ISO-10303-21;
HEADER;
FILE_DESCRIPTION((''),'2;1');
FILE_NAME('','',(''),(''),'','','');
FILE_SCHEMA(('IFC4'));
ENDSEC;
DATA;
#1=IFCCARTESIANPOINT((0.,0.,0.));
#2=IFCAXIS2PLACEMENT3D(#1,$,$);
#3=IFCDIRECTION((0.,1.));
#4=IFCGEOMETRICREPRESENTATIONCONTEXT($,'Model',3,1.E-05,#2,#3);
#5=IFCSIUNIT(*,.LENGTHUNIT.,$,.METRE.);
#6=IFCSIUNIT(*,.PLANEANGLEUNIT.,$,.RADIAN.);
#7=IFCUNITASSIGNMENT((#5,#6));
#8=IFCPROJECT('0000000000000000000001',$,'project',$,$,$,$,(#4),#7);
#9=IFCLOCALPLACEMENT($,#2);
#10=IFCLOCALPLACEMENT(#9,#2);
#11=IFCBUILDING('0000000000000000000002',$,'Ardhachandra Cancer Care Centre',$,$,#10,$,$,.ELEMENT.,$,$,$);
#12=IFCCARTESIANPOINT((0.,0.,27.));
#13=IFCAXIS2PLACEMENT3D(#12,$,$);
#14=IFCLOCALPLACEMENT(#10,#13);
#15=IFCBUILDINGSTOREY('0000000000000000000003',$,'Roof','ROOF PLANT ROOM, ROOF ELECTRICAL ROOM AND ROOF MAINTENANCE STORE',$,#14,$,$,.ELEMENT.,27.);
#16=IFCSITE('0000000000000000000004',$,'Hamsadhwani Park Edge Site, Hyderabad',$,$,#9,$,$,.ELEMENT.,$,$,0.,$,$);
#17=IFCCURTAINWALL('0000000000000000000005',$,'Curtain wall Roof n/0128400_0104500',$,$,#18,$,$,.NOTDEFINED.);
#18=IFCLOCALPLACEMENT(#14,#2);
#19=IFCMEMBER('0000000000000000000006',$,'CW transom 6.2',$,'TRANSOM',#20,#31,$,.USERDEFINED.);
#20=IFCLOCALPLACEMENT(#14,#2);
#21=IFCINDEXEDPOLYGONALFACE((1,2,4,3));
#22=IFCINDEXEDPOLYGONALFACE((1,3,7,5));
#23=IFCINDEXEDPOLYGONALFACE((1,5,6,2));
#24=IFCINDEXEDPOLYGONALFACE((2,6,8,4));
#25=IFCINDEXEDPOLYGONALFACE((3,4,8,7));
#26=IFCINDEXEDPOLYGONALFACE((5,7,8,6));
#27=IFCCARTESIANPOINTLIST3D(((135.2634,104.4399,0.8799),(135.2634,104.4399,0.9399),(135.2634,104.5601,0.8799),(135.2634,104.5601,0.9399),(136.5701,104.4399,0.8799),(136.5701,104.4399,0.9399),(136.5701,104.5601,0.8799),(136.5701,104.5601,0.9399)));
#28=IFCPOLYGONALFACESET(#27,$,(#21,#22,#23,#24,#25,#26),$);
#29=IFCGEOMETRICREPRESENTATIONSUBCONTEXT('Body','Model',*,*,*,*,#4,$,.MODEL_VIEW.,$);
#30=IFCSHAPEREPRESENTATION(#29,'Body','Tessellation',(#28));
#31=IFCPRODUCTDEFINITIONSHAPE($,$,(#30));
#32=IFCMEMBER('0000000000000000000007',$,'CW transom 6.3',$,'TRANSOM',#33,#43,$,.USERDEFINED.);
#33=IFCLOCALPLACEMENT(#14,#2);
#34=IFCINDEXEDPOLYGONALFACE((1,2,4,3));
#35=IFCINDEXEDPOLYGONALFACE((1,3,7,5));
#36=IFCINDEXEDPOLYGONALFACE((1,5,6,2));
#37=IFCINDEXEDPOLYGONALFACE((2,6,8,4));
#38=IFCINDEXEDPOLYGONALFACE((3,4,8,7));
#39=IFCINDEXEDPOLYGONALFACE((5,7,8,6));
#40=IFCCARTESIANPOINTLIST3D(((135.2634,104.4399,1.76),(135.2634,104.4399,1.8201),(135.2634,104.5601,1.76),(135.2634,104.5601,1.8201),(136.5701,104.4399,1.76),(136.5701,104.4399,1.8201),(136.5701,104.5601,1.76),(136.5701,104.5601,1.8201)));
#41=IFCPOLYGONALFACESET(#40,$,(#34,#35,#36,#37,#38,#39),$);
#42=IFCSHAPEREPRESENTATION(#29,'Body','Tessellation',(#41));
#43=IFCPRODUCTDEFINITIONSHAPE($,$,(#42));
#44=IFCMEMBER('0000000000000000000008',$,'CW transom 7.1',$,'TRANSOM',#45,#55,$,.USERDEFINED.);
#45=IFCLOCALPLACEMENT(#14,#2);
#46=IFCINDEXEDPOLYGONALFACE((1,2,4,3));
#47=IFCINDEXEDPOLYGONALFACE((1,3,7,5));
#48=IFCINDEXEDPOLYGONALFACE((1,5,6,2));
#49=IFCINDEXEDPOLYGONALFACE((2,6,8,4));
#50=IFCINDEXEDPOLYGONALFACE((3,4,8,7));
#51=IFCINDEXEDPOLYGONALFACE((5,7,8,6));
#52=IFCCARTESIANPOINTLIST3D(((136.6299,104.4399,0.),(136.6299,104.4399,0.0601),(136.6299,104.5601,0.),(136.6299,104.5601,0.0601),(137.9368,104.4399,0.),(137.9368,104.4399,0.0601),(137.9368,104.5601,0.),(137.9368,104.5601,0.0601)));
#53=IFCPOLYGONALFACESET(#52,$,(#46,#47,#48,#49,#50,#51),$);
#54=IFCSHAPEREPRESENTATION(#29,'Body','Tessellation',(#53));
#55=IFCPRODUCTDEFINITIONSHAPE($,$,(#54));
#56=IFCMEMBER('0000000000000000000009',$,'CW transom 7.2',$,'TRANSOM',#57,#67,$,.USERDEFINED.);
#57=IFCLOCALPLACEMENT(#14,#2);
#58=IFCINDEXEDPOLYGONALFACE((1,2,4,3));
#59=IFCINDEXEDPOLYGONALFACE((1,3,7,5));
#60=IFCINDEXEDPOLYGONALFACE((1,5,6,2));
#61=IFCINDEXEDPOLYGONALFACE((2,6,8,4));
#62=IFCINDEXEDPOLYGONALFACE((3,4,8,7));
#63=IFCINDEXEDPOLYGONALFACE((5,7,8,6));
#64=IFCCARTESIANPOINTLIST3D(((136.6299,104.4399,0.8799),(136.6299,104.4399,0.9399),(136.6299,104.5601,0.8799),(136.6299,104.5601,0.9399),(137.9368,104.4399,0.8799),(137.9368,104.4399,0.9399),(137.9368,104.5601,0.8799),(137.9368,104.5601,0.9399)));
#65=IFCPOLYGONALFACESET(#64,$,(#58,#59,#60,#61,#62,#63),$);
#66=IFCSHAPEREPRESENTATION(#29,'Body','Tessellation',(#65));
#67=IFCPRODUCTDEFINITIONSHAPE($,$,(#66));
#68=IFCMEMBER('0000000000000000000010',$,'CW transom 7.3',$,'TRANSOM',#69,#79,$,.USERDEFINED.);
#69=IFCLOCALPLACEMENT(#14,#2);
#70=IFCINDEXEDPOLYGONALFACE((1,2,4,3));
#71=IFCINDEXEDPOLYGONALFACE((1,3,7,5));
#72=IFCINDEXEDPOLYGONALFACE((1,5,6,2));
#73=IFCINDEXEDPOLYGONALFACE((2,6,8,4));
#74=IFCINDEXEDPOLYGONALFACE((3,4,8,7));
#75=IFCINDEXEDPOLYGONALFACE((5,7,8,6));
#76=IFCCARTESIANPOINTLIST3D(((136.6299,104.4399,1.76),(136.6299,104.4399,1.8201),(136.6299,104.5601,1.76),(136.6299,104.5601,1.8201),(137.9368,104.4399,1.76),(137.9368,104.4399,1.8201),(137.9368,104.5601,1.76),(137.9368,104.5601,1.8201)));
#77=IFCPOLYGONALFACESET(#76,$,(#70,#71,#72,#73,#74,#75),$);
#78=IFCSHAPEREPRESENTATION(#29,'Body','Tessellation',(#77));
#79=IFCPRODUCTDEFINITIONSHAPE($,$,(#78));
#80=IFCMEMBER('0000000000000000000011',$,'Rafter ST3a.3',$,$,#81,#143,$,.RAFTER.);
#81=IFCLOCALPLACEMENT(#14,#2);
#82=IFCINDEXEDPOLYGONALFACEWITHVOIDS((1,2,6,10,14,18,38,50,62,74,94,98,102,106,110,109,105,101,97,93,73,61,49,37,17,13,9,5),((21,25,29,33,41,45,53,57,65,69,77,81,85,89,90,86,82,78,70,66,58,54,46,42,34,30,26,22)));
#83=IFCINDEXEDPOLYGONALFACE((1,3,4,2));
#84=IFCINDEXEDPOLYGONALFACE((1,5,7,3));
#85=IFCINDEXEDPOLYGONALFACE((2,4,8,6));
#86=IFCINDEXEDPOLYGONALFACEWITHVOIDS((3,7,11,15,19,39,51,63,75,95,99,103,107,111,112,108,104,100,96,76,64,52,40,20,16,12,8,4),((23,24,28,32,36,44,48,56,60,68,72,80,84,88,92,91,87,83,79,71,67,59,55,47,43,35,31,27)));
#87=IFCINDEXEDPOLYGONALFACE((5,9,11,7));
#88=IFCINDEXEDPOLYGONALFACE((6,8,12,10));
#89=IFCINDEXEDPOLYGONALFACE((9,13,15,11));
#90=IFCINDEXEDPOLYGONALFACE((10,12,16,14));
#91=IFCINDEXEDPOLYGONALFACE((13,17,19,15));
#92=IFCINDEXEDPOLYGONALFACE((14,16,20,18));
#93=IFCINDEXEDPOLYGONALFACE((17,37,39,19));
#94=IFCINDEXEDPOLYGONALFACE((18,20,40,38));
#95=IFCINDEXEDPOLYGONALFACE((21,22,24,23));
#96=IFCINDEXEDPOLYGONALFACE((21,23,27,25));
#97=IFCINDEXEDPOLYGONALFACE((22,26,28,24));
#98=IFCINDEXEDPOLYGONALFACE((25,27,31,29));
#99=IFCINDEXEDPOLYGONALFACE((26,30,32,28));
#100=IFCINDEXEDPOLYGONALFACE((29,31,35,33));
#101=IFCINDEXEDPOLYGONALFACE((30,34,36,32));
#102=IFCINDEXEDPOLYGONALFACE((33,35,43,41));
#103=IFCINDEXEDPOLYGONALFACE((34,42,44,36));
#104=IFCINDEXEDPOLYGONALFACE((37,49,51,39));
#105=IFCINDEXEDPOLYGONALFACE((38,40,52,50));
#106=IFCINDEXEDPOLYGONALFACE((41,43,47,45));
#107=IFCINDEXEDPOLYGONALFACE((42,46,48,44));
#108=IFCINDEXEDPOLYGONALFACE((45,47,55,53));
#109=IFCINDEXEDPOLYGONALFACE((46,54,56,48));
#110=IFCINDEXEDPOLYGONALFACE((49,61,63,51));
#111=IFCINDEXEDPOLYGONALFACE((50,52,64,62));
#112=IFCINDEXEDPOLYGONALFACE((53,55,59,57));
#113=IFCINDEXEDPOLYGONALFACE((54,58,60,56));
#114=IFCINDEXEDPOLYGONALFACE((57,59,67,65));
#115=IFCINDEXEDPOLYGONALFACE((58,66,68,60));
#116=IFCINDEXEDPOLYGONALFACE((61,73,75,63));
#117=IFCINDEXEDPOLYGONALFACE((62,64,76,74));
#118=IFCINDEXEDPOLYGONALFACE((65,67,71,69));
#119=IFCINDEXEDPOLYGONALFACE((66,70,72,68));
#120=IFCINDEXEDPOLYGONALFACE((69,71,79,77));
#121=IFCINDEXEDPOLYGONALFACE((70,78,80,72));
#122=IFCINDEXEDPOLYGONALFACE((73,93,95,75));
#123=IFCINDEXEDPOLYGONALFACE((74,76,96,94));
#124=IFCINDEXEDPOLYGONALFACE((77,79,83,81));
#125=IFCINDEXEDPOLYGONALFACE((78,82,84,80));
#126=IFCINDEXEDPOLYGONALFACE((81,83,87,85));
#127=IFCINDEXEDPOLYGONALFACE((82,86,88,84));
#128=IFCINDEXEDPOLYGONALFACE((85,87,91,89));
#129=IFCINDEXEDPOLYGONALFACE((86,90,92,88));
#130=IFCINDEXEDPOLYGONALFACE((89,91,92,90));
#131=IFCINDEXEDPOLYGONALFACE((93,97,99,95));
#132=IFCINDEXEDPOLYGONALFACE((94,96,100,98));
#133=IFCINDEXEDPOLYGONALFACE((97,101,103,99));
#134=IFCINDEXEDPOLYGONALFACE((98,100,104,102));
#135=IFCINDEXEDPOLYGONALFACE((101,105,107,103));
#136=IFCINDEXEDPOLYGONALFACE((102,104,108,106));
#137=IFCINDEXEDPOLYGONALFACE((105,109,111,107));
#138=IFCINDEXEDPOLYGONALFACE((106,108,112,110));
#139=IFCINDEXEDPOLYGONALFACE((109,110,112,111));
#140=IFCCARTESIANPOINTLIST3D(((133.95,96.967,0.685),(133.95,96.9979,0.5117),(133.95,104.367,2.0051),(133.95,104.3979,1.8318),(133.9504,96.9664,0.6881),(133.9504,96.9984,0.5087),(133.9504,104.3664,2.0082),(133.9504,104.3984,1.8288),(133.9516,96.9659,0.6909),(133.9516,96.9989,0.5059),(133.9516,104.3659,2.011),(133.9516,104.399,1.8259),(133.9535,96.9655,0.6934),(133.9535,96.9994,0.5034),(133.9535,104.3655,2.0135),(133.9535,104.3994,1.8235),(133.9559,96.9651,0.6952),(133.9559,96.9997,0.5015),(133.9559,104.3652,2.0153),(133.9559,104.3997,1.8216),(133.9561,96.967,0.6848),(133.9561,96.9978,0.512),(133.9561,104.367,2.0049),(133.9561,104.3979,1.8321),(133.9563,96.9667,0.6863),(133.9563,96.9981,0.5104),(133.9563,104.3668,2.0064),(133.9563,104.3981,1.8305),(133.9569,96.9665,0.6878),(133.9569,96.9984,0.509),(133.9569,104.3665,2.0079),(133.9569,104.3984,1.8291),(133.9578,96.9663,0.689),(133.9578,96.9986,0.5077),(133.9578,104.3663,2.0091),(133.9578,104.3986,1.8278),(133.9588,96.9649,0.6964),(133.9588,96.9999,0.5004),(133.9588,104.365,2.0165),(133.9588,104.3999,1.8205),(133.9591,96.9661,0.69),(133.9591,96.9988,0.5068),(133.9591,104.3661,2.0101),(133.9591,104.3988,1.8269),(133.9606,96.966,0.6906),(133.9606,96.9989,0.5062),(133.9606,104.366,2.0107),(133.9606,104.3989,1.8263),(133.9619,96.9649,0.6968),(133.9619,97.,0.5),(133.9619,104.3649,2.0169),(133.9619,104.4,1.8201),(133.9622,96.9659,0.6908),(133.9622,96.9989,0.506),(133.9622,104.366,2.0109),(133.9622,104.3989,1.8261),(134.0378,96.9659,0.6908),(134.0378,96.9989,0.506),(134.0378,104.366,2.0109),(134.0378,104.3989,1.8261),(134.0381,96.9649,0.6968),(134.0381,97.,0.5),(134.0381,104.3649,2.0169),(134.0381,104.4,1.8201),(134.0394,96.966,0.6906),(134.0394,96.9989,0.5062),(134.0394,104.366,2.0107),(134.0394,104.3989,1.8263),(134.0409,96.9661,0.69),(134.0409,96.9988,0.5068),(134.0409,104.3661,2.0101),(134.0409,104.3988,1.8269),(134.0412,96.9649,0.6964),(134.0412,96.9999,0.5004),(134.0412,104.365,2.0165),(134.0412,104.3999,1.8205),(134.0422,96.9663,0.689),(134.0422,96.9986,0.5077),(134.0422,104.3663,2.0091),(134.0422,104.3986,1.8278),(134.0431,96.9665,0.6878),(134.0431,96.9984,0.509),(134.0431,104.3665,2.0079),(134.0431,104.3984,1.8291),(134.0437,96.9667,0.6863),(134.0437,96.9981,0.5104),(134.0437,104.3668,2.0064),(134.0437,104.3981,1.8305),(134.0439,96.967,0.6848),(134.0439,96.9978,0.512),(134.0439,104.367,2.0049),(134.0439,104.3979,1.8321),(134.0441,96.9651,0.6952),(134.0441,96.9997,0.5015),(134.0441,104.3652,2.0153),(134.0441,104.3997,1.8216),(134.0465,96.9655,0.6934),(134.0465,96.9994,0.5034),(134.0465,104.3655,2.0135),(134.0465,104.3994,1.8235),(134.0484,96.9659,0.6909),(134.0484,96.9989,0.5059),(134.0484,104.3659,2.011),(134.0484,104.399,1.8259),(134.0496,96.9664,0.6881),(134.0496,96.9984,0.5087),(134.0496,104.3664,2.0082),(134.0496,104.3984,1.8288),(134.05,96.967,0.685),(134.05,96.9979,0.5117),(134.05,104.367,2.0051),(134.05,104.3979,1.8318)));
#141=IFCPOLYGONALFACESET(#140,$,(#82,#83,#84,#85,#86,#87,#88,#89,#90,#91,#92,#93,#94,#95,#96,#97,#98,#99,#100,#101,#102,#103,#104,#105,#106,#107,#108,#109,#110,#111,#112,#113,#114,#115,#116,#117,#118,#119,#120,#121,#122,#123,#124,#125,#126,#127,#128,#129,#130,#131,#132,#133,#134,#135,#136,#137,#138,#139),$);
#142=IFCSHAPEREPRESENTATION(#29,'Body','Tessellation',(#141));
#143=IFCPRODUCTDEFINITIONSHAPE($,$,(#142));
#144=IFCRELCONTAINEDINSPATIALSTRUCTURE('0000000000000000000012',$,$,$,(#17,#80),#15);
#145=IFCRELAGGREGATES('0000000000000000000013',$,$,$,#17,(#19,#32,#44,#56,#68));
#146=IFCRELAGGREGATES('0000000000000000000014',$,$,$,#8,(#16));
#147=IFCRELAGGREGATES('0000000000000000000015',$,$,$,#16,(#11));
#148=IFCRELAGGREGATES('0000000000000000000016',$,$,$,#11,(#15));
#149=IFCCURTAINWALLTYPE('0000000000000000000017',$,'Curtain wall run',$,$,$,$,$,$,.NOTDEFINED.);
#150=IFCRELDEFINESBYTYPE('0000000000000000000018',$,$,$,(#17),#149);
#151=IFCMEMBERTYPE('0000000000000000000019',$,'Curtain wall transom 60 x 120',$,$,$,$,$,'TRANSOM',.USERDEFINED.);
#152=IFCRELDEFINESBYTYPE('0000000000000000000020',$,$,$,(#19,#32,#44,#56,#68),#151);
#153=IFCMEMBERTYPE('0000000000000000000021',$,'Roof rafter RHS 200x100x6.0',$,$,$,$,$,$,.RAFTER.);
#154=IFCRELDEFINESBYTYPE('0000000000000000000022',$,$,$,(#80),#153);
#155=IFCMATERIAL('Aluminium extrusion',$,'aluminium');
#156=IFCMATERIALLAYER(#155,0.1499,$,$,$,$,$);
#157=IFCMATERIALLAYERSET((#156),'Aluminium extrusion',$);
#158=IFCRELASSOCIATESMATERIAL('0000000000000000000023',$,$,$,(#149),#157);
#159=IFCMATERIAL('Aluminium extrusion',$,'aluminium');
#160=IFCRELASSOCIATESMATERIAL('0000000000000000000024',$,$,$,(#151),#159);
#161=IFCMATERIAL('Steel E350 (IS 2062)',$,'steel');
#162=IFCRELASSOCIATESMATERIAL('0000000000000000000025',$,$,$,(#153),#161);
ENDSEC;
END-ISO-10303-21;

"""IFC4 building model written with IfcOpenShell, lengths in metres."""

from ifc_helpers import new_model, si_unit, direction, frame, origin, origin_2d, place, context, subcontext, project, spatial, rectangle, hollow_rectangle, extrude, material, layer, layer_set, material_profile, profile_set, type_object, element, aggregate, save


model = new_model("IFC4")

# Units and contexts
model_context = context("Model", 3, precision=1e-05, world=origin(), true_north=direction((0.0, 1.0)))
body_context = subcontext(model_context, "Body", "Model", "MODEL_VIEW")
ifc_project = project(units=[si_unit("LENGTHUNIT", "METRE"), si_unit("PLANEANGLEUNIT", "RADIAN")], contexts=[model_context])

# Site, building, storey
site_placement = place(None, origin())
site = spatial("IfcSite", under=ifc_project, at=site_placement, Name="Hamsadhwani Park Edge Site, Hyderabad", CompositionType="ELEMENT", RefElevation=0.0)
building_placement = place(site_placement, origin())
building = spatial("IfcBuilding", under=site, at=building_placement, Name="Ardhachandra Cancer Care Centre", CompositionType="ELEMENT")
storey_placement = place(building_placement, frame((0.0, 0.0, 27.0)))
storey = spatial("IfcBuildingStorey", under=building, at=storey_placement, Name="Roof", Description="ROOF PLANT ROOM, ROOF ELECTRICAL ROOM AND ROOF MAINTENANCE STORE", CompositionType="ELEMENT", Elevation=27.0)

# Shared definitions
ifc_material_1 = material(Name="Aluminium extrusion", Category="aluminium")
ifc_layer_1 = layer(ifc_material_1, 0.1499)
ifc_layer_set_1 = layer_set([ifc_layer_1], Name="Aluminium extrusion")
curtain_wall_type = type_object("IfcCurtainWallType", Name="Curtain wall run", PredefinedType="NOTDEFINED", material=ifc_layer_set_1)

# Curtain wall
curtain_wall_1_placement = place(storey_placement, origin())
curtain_wall_1 = element("IfcCurtainWall", 1, at=curtain_wall_1_placement, inside=storey, type_object=curtain_wall_type, Name="Curtain wall Roof n/0128400_0104500", PredefinedType="NOTDEFINED")

# Members
ifc_material_2 = material(Name="Aluminium extrusion", Category="aluminium")
ifc_material_profile_1 = material_profile(ifc_material_2, rectangle(XDim=0.1201, YDim=0.0601, at=origin_2d()), Name="Curtain wall transom 60 x 120")
ifc_profile_set_1 = profile_set([ifc_material_profile_1], Name="Aluminium extrusion")
member_type_1 = type_object("IfcMemberType", Name="Curtain wall transom 60 x 120", ElementType="TRANSOM", PredefinedType="USERDEFINED", material=ifc_profile_set_1)
member_1_placement = place(storey_placement, frame((135.2634, 104.5, 0.9099), z_axis=(1.0, 0.0, 0.0), x_axis=(0.0, 1.0, 0.0)))
member_1 = element("IfcMember", 2, at=member_1_placement, type_object=member_type_1, Name="CW transom 6.2", ObjectType="TRANSOM", PredefinedType="USERDEFINED", context=body_context, shape_type="SweptSolid", body=[
    extrude(rectangle(XDim=0.1201, YDim=0.0601, at=origin_2d()), origin(), (0.0, 0.0, 1.0), 1.3066),
])
member_2_placement = place(storey_placement, frame((135.2634, 104.5, 1.79), z_axis=(1.0, 0.0, 0.0), x_axis=(0.0, 1.0, 0.0)))
member_2 = element("IfcMember", 3, at=member_2_placement, type_object=member_type_1, Name="CW transom 6.3", ObjectType="TRANSOM", PredefinedType="USERDEFINED", context=body_context, shape_type="SweptSolid", body=[
    extrude(rectangle(XDim=0.1201, YDim=0.0601, at=origin_2d()), origin(), (0.0, 0.0, 1.0), 1.3066),
])
member_3_placement = place(storey_placement, frame((136.6299, 104.5, 0.03), z_axis=(1.0, 0.0, 0.0), x_axis=(0.0, 1.0, 0.0)))
member_3 = element("IfcMember", 4, at=member_3_placement, type_object=member_type_1, Name="CW transom 7.1", ObjectType="TRANSOM", PredefinedType="USERDEFINED", context=body_context, shape_type="SweptSolid", body=[
    extrude(rectangle(XDim=0.1201, YDim=0.0601, at=origin_2d()), origin(), (0.0, 0.0, 1.0), 1.3069),
])
member_4_placement = place(storey_placement, frame((136.6299, 104.5, 0.9099), z_axis=(1.0, 0.0, 0.0), x_axis=(0.0, 1.0, 0.0)))
member_4 = element("IfcMember", 5, at=member_4_placement, type_object=member_type_1, Name="CW transom 7.2", ObjectType="TRANSOM", PredefinedType="USERDEFINED", context=body_context, shape_type="SweptSolid", body=[
    extrude(rectangle(XDim=0.1201, YDim=0.0601, at=origin_2d()), origin(), (0.0, 0.0, 1.0), 1.3069),
])
member_5_placement = place(storey_placement, frame((136.6299, 104.5, 1.79), z_axis=(1.0, 0.0, 0.0), x_axis=(0.0, 1.0, 0.0)))
member_5 = element("IfcMember", 6, at=member_5_placement, type_object=member_type_1, Name="CW transom 7.3", ObjectType="TRANSOM", PredefinedType="USERDEFINED", context=body_context, shape_type="SweptSolid", body=[
    extrude(rectangle(XDim=0.1201, YDim=0.0601, at=origin_2d()), origin(), (0.0, 0.0, 1.0), 1.3069),
])

# Member
ifc_material_3 = material(Name="Steel E350 (IS 2062)", Category="steel")
ifc_material_profile_2 = material_profile(ifc_material_3, hollow_rectangle(XDim=0.1001, YDim=0.2, WallThickness=0.0061, InnerFilletRadius=0.0061, OuterFilletRadius=0.012, at=origin_2d()), Name="RHS 200x100x6.0")
ifc_profile_set_2 = profile_set([ifc_material_profile_2], Name="Steel E350 (IS 2062)")
member_type_2 = type_object("IfcMemberType", Name="Roof rafter RHS 200x100x6.0", PredefinedType="RAFTER", material=ifc_profile_set_2)
for number, where, z_axis, x_axis, name in (
    (7, (134.0, 96.9824, 0.5984), (0.0, 0.984458, 0.175618), (-1.0, 0.0, 0.0), "Rafter ST3a.3"),
):
    element("IfcMember", number, at=place(storey_placement, frame(where, z_axis=z_axis, x_axis=x_axis)), inside=storey, type_object=member_type_2, Name=name, PredefinedType="RAFTER", context=body_context, shape_type="SweptSolid", body=[
        extrude(hollow_rectangle(XDim=0.1001, YDim=0.2, WallThickness=0.0061, InnerFilletRadius=0.0061, OuterFilletRadius=0.012, at=origin_2d()), origin(), (0.0, 0.0, 1.0), 7.5168),
    ])

aggregate(curtain_wall_1, [member_1, member_2, member_3, member_4, member_5])

save(model, "model.ifc")
